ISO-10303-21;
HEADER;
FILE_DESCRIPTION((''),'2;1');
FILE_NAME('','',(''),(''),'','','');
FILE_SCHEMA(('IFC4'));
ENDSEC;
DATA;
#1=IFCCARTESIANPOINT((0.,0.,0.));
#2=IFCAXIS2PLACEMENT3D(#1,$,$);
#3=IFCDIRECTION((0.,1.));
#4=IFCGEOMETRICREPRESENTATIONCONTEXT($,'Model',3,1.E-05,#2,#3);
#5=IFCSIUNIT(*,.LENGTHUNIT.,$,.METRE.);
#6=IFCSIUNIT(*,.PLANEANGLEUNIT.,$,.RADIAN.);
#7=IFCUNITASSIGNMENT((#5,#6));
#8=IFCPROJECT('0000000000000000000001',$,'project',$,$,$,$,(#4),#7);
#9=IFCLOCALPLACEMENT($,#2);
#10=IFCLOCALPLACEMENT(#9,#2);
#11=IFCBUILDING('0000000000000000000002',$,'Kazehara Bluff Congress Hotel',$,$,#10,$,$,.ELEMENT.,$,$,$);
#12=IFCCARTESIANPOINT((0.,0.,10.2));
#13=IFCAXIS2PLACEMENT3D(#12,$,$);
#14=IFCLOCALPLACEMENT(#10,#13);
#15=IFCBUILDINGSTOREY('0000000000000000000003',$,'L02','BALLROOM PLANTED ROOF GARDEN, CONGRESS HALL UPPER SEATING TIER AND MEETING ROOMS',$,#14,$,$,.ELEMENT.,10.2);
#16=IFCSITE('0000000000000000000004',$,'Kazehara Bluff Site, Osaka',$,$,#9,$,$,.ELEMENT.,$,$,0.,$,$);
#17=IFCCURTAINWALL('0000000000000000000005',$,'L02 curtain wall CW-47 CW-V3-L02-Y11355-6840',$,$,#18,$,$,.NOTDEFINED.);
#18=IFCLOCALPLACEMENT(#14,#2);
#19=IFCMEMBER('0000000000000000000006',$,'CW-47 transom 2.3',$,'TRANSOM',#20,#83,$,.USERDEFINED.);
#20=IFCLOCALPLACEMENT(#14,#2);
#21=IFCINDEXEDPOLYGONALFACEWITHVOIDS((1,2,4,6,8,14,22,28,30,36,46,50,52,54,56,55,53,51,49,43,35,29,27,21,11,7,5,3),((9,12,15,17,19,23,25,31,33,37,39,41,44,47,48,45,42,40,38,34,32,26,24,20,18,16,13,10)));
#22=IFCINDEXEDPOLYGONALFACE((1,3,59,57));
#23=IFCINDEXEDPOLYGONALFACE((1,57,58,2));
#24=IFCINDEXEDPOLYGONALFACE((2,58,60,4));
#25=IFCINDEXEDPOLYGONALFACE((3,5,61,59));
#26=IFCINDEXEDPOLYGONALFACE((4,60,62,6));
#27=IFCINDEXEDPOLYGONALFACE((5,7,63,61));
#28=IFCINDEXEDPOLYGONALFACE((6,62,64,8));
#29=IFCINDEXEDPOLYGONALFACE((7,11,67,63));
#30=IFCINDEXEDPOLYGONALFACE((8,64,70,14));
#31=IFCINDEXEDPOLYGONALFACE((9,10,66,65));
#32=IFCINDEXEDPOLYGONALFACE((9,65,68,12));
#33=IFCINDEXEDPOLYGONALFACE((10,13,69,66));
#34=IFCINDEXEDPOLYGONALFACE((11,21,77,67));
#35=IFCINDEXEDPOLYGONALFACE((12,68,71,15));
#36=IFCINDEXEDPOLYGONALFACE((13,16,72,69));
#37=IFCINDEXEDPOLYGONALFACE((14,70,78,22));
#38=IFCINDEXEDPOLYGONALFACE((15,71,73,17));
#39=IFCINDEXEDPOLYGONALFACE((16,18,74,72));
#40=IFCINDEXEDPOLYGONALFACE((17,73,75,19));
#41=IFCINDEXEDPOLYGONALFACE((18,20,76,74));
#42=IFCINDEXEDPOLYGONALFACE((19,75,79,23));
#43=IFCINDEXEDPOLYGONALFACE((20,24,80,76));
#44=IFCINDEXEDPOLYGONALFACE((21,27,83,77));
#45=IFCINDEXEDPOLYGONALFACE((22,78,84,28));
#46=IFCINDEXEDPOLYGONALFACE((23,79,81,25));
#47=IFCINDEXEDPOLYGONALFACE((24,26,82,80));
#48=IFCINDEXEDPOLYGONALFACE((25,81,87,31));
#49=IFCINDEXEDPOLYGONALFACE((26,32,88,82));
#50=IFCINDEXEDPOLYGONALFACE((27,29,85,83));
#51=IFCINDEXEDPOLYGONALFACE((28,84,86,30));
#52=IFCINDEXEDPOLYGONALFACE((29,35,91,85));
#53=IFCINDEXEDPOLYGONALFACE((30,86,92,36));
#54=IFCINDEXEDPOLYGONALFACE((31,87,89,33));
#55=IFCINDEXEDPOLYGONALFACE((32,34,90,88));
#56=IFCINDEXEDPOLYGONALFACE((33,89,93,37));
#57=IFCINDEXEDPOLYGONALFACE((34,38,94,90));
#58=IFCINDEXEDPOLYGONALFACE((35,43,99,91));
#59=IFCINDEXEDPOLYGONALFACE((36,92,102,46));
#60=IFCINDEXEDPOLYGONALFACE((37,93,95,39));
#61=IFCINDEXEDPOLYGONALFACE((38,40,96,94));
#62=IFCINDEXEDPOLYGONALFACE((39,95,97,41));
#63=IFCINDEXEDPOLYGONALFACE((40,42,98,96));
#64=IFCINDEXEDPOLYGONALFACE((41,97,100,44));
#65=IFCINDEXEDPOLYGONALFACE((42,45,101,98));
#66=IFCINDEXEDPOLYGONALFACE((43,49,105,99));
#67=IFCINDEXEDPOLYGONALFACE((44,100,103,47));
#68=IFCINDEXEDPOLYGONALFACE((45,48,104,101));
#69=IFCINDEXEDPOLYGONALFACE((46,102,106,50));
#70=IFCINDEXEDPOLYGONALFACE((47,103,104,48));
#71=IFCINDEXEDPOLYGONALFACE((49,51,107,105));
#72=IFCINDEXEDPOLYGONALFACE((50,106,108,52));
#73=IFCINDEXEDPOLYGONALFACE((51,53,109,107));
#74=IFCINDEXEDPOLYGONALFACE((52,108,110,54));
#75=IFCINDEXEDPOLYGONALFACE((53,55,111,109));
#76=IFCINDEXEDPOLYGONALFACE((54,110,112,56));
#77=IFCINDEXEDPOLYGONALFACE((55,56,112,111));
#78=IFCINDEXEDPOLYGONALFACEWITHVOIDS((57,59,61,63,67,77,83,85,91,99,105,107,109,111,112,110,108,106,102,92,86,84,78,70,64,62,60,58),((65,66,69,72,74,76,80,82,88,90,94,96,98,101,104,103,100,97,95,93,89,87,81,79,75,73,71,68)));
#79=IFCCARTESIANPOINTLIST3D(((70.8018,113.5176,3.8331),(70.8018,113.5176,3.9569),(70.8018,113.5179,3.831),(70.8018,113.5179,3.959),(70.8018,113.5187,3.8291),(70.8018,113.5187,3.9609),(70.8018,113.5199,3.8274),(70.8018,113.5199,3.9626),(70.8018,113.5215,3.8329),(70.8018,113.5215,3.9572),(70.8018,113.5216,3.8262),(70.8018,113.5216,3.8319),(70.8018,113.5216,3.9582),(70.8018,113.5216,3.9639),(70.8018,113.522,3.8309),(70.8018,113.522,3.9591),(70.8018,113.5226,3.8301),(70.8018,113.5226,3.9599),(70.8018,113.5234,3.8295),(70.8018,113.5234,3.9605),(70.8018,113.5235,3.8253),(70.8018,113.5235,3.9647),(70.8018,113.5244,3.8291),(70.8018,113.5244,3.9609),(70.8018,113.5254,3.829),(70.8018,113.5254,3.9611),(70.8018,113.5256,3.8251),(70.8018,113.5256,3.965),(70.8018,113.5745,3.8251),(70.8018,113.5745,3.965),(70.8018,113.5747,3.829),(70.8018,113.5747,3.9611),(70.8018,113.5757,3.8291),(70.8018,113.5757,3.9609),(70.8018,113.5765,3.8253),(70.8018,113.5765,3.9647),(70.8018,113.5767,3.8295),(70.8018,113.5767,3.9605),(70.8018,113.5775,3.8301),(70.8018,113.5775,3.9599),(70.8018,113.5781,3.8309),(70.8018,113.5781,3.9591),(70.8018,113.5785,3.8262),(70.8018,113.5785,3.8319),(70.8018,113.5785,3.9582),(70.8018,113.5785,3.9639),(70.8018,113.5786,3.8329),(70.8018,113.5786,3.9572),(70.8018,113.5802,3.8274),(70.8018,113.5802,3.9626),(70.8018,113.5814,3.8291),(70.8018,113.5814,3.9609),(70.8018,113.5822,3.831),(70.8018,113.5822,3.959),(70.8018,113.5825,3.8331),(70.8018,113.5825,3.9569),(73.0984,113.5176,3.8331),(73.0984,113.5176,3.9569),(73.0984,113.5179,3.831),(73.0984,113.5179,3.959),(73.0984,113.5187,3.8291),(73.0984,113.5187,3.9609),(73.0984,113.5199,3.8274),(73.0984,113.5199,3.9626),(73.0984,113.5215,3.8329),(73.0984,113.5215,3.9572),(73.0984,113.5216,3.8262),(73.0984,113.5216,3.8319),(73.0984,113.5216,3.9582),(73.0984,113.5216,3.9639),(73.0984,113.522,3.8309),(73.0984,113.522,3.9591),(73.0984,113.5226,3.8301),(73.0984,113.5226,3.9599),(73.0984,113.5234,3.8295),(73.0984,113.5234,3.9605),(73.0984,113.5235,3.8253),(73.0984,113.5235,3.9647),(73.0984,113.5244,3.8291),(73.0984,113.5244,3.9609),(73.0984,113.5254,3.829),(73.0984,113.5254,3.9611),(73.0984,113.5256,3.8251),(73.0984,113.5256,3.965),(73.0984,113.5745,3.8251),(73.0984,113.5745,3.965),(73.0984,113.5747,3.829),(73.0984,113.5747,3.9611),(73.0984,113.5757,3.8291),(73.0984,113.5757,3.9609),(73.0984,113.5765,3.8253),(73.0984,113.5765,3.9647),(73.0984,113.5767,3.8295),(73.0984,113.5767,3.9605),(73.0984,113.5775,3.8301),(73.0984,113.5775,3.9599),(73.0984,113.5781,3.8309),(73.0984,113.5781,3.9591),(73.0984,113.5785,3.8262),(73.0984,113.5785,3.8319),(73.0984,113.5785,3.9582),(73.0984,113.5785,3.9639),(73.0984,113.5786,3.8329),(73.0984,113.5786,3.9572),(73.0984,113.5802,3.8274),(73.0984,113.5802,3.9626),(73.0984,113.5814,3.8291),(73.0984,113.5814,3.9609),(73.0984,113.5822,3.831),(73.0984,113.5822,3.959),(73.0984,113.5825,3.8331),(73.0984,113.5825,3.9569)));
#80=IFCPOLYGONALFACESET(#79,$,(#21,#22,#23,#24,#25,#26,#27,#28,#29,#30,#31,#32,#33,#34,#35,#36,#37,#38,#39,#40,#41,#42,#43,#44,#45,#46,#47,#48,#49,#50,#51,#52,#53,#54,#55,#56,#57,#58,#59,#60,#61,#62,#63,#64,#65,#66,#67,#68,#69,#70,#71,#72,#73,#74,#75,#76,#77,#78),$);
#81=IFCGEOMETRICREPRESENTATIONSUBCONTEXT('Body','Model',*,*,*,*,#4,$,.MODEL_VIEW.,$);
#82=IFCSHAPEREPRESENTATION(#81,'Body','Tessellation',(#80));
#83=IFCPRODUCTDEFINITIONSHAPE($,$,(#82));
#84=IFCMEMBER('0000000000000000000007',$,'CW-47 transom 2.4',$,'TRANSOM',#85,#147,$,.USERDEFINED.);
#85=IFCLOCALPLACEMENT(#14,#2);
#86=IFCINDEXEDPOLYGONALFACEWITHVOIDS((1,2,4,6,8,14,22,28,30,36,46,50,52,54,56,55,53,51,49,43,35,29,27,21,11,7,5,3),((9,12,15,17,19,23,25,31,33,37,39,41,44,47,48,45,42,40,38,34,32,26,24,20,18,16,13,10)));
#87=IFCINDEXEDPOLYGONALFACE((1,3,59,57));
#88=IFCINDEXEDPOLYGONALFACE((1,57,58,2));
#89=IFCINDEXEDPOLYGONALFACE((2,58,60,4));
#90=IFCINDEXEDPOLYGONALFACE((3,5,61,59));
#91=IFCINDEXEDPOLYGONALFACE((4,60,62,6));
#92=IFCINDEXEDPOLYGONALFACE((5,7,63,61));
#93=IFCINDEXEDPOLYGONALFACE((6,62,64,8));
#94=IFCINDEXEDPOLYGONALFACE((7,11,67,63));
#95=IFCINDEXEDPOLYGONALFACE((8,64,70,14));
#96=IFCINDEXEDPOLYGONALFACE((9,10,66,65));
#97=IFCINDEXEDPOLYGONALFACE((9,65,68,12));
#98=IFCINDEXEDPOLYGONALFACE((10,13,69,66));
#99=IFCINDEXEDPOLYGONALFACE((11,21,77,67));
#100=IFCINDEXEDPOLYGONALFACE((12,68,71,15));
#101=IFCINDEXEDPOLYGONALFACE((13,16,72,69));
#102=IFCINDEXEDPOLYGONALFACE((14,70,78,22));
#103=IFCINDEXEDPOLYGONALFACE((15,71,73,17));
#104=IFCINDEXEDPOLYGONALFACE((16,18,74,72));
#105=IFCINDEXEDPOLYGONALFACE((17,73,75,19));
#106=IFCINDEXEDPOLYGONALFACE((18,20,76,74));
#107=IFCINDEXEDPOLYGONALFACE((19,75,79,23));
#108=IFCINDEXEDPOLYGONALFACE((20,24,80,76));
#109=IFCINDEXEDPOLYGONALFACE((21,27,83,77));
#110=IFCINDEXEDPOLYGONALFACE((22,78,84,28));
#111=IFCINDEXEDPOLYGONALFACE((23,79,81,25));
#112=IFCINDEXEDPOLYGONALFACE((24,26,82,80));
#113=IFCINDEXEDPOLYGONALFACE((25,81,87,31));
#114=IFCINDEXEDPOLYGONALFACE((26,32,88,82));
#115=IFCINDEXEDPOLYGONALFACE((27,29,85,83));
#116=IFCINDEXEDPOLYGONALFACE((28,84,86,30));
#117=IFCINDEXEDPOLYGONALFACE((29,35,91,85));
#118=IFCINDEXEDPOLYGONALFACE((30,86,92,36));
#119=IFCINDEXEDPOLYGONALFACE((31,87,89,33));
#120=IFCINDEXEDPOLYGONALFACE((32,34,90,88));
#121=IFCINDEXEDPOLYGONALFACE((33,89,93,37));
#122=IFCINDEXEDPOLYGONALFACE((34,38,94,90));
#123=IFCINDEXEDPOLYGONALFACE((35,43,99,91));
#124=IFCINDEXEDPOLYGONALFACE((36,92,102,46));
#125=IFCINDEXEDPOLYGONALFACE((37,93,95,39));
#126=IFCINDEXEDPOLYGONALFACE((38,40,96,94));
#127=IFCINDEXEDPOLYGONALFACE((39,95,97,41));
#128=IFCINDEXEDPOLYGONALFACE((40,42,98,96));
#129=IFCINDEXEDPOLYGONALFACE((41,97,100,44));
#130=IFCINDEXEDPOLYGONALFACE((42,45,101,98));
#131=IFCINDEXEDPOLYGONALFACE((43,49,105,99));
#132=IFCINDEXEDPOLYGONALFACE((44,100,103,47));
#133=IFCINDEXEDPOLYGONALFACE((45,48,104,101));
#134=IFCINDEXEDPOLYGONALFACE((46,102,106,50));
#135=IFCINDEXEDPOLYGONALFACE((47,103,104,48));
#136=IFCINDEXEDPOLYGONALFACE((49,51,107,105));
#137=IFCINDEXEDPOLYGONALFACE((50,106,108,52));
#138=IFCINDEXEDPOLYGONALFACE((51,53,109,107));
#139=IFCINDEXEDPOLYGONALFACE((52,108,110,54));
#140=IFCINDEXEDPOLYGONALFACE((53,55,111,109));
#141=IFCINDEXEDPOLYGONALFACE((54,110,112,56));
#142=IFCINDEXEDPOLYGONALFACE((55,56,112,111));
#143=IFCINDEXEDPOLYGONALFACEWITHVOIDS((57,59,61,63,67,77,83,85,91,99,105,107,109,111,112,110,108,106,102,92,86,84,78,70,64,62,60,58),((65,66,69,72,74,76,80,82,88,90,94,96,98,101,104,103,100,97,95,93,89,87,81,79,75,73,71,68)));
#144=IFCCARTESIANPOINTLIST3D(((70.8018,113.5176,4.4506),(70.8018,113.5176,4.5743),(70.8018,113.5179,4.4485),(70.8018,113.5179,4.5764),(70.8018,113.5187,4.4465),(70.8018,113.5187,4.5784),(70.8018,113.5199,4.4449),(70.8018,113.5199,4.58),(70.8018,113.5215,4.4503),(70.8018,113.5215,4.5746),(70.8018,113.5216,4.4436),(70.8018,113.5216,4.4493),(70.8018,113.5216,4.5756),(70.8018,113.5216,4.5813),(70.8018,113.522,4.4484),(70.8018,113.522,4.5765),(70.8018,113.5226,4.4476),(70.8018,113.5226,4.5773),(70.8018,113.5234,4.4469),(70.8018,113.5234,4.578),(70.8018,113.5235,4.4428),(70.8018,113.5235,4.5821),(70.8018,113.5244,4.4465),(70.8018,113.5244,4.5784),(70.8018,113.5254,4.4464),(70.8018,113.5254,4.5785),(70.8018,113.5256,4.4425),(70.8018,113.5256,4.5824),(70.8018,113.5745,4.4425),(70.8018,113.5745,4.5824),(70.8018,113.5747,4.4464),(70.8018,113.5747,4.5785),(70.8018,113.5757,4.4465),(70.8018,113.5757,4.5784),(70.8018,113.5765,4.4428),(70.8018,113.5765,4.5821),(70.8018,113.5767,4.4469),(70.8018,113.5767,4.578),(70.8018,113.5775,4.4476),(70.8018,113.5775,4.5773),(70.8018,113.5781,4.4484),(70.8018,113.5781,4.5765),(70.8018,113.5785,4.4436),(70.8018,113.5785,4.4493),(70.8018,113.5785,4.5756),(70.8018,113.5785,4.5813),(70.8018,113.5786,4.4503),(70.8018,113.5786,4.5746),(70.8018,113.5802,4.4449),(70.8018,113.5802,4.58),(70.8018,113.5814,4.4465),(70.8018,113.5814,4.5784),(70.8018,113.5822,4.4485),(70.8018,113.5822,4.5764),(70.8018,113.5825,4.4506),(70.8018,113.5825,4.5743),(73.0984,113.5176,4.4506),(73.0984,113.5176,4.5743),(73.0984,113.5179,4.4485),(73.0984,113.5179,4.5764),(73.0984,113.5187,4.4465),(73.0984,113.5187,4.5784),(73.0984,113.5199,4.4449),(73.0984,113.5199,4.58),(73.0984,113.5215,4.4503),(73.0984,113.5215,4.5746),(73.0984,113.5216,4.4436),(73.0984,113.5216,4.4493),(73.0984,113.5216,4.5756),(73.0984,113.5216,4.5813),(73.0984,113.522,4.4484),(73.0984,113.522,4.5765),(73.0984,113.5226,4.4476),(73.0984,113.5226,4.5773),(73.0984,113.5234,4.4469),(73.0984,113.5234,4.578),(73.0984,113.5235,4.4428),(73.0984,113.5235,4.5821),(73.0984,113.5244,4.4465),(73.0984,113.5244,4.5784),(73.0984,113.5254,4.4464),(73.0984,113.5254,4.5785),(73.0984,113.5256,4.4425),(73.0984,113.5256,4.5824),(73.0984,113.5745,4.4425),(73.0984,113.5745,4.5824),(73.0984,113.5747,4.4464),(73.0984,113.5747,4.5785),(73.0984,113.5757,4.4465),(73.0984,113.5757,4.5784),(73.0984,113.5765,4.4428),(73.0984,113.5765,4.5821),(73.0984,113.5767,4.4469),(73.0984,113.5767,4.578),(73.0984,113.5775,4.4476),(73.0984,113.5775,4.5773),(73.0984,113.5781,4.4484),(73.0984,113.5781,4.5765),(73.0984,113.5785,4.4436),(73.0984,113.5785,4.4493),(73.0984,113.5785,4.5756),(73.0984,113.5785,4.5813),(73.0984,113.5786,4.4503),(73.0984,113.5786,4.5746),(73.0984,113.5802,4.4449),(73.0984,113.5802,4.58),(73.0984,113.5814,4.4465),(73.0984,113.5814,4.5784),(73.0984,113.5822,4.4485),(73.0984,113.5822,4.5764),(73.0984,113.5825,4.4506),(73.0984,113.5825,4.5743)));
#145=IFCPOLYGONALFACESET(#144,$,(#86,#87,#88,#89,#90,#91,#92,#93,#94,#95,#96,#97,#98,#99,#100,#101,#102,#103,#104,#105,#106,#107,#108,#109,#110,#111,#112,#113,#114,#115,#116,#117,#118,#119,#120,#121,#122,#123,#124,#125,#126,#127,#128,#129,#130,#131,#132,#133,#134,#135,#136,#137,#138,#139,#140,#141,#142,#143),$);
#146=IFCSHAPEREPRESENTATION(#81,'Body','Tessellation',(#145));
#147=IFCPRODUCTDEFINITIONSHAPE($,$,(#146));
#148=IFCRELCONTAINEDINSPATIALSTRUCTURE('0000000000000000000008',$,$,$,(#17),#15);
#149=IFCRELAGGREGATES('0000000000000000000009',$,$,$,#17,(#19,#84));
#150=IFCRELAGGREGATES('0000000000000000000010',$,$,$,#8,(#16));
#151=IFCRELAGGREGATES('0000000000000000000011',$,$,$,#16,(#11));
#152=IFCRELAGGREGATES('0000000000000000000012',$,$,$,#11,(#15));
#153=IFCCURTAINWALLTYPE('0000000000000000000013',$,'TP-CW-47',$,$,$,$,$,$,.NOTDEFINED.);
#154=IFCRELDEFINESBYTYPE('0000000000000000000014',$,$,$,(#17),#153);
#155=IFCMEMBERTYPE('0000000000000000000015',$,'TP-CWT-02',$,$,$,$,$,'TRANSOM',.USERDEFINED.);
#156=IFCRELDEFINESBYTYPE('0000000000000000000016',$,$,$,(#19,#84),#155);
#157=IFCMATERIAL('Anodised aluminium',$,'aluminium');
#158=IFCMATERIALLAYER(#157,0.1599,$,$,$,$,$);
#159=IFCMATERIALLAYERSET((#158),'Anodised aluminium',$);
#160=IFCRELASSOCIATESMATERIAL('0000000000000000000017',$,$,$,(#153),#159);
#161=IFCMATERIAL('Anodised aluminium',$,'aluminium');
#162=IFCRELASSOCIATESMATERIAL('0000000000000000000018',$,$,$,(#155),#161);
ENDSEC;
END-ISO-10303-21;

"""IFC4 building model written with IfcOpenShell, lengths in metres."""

from ifc_helpers import new_model, si_unit, direction, frame, origin, origin_2d, place, context, subcontext, project, spatial, hollow_rectangle, extrude, material, layer, layer_set, material_profile, profile_set, type_object, element, aggregate, save


model = new_model("IFC4")

# Units and contexts
model_context = context("Model", 3, precision=1e-05, world=origin(), true_north=direction((0.0, 1.0)))
body_context = subcontext(model_context, "Body", "Model", "MODEL_VIEW")
ifc_project = project(units=[si_unit("LENGTHUNIT", "METRE"), si_unit("PLANEANGLEUNIT", "RADIAN")], contexts=[model_context])

# Site, building, storey
site_placement = place(None, origin())
site = spatial("IfcSite", under=ifc_project, at=site_placement, Name="Kazehara Bluff Site, Osaka", CompositionType="ELEMENT", RefElevation=0.0)
building_placement = place(site_placement, origin())
building = spatial("IfcBuilding", under=site, at=building_placement, Name="Kazehara Bluff Congress Hotel", CompositionType="ELEMENT")
storey_placement = place(building_placement, frame((0.0, 0.0, 10.2)))
storey = spatial("IfcBuildingStorey", under=building, at=storey_placement, Name="L02", Description="BALLROOM PLANTED ROOF GARDEN, CONGRESS HALL UPPER SEATING TIER AND MEETING ROOMS", CompositionType="ELEMENT", Elevation=10.2)

# Curtain wall, members
ifc_material_1 = material(Name="Anodised aluminium", Category="aluminium")
ifc_layer_1 = layer(ifc_material_1, 0.1599)
ifc_layer_set_1 = layer_set([ifc_layer_1], Name="Anodised aluminium")
curtain_wall_type = type_object("IfcCurtainWallType", Name="TP-CW-47", PredefinedType="NOTDEFINED", material=ifc_layer_set_1)
curtain_wall_placement = place(storey_placement, origin())
curtain_wall = element("IfcCurtainWall", 1, at=curtain_wall_placement, inside=storey, type_object=curtain_wall_type, Name="L02 curtain wall CW-47 CW-V3-L02-Y11355-6840", PredefinedType="NOTDEFINED")
ifc_material_2 = material(Name="Anodised aluminium", Category="aluminium")
ifc_material_profile_1 = material_profile(ifc_material_2, hollow_rectangle(XDim=0.0649, YDim=0.1399, WallThickness=0.0039, InnerFilletRadius=0.0039, OuterFilletRadius=0.0081, at=origin_2d()))
ifc_profile_set_1 = profile_set([ifc_material_profile_1], Name="Anodised aluminium")
member_type_1 = type_object("IfcMemberType", Name="TP-CWT-02", ElementType="TRANSOM", PredefinedType="USERDEFINED", material=ifc_profile_set_1)
member_1_placement = place(storey_placement, frame((70.8018, 113.55, 3.895), z_axis=(1.0, 0.0, 0.0), x_axis=(0.0, 1.0, 0.0)))
member_1 = element("IfcMember", 2, at=member_1_placement, type_object=member_type_1, Name="CW-47 transom 2.3", ObjectType="TRANSOM", PredefinedType="USERDEFINED", context=body_context, shape_type="SweptSolid", body=[
    extrude(hollow_rectangle(XDim=0.0649, YDim=0.1399, WallThickness=0.0039, InnerFilletRadius=0.0039, OuterFilletRadius=0.0081, at=origin_2d()), origin(), (0.0, 0.0, 1.0), 2.2966),
])
member_2_placement = place(storey_placement, frame((70.8018, 113.55, 4.5125), z_axis=(1.0, 0.0, 0.0), x_axis=(0.0, 1.0, 0.0)))
member_2 = element("IfcMember", 3, at=member_2_placement, type_object=member_type_1, Name="CW-47 transom 2.4", ObjectType="TRANSOM", PredefinedType="USERDEFINED", context=body_context, shape_type="SweptSolid", body=[
    extrude(hollow_rectangle(XDim=0.0649, YDim=0.1399, WallThickness=0.0039, InnerFilletRadius=0.0039, OuterFilletRadius=0.0081, at=origin_2d()), origin(), (0.0, 0.0, 1.0), 2.2966),
])
aggregate(curtain_wall, [member_1, member_2])

save(model, "model.ifc")
